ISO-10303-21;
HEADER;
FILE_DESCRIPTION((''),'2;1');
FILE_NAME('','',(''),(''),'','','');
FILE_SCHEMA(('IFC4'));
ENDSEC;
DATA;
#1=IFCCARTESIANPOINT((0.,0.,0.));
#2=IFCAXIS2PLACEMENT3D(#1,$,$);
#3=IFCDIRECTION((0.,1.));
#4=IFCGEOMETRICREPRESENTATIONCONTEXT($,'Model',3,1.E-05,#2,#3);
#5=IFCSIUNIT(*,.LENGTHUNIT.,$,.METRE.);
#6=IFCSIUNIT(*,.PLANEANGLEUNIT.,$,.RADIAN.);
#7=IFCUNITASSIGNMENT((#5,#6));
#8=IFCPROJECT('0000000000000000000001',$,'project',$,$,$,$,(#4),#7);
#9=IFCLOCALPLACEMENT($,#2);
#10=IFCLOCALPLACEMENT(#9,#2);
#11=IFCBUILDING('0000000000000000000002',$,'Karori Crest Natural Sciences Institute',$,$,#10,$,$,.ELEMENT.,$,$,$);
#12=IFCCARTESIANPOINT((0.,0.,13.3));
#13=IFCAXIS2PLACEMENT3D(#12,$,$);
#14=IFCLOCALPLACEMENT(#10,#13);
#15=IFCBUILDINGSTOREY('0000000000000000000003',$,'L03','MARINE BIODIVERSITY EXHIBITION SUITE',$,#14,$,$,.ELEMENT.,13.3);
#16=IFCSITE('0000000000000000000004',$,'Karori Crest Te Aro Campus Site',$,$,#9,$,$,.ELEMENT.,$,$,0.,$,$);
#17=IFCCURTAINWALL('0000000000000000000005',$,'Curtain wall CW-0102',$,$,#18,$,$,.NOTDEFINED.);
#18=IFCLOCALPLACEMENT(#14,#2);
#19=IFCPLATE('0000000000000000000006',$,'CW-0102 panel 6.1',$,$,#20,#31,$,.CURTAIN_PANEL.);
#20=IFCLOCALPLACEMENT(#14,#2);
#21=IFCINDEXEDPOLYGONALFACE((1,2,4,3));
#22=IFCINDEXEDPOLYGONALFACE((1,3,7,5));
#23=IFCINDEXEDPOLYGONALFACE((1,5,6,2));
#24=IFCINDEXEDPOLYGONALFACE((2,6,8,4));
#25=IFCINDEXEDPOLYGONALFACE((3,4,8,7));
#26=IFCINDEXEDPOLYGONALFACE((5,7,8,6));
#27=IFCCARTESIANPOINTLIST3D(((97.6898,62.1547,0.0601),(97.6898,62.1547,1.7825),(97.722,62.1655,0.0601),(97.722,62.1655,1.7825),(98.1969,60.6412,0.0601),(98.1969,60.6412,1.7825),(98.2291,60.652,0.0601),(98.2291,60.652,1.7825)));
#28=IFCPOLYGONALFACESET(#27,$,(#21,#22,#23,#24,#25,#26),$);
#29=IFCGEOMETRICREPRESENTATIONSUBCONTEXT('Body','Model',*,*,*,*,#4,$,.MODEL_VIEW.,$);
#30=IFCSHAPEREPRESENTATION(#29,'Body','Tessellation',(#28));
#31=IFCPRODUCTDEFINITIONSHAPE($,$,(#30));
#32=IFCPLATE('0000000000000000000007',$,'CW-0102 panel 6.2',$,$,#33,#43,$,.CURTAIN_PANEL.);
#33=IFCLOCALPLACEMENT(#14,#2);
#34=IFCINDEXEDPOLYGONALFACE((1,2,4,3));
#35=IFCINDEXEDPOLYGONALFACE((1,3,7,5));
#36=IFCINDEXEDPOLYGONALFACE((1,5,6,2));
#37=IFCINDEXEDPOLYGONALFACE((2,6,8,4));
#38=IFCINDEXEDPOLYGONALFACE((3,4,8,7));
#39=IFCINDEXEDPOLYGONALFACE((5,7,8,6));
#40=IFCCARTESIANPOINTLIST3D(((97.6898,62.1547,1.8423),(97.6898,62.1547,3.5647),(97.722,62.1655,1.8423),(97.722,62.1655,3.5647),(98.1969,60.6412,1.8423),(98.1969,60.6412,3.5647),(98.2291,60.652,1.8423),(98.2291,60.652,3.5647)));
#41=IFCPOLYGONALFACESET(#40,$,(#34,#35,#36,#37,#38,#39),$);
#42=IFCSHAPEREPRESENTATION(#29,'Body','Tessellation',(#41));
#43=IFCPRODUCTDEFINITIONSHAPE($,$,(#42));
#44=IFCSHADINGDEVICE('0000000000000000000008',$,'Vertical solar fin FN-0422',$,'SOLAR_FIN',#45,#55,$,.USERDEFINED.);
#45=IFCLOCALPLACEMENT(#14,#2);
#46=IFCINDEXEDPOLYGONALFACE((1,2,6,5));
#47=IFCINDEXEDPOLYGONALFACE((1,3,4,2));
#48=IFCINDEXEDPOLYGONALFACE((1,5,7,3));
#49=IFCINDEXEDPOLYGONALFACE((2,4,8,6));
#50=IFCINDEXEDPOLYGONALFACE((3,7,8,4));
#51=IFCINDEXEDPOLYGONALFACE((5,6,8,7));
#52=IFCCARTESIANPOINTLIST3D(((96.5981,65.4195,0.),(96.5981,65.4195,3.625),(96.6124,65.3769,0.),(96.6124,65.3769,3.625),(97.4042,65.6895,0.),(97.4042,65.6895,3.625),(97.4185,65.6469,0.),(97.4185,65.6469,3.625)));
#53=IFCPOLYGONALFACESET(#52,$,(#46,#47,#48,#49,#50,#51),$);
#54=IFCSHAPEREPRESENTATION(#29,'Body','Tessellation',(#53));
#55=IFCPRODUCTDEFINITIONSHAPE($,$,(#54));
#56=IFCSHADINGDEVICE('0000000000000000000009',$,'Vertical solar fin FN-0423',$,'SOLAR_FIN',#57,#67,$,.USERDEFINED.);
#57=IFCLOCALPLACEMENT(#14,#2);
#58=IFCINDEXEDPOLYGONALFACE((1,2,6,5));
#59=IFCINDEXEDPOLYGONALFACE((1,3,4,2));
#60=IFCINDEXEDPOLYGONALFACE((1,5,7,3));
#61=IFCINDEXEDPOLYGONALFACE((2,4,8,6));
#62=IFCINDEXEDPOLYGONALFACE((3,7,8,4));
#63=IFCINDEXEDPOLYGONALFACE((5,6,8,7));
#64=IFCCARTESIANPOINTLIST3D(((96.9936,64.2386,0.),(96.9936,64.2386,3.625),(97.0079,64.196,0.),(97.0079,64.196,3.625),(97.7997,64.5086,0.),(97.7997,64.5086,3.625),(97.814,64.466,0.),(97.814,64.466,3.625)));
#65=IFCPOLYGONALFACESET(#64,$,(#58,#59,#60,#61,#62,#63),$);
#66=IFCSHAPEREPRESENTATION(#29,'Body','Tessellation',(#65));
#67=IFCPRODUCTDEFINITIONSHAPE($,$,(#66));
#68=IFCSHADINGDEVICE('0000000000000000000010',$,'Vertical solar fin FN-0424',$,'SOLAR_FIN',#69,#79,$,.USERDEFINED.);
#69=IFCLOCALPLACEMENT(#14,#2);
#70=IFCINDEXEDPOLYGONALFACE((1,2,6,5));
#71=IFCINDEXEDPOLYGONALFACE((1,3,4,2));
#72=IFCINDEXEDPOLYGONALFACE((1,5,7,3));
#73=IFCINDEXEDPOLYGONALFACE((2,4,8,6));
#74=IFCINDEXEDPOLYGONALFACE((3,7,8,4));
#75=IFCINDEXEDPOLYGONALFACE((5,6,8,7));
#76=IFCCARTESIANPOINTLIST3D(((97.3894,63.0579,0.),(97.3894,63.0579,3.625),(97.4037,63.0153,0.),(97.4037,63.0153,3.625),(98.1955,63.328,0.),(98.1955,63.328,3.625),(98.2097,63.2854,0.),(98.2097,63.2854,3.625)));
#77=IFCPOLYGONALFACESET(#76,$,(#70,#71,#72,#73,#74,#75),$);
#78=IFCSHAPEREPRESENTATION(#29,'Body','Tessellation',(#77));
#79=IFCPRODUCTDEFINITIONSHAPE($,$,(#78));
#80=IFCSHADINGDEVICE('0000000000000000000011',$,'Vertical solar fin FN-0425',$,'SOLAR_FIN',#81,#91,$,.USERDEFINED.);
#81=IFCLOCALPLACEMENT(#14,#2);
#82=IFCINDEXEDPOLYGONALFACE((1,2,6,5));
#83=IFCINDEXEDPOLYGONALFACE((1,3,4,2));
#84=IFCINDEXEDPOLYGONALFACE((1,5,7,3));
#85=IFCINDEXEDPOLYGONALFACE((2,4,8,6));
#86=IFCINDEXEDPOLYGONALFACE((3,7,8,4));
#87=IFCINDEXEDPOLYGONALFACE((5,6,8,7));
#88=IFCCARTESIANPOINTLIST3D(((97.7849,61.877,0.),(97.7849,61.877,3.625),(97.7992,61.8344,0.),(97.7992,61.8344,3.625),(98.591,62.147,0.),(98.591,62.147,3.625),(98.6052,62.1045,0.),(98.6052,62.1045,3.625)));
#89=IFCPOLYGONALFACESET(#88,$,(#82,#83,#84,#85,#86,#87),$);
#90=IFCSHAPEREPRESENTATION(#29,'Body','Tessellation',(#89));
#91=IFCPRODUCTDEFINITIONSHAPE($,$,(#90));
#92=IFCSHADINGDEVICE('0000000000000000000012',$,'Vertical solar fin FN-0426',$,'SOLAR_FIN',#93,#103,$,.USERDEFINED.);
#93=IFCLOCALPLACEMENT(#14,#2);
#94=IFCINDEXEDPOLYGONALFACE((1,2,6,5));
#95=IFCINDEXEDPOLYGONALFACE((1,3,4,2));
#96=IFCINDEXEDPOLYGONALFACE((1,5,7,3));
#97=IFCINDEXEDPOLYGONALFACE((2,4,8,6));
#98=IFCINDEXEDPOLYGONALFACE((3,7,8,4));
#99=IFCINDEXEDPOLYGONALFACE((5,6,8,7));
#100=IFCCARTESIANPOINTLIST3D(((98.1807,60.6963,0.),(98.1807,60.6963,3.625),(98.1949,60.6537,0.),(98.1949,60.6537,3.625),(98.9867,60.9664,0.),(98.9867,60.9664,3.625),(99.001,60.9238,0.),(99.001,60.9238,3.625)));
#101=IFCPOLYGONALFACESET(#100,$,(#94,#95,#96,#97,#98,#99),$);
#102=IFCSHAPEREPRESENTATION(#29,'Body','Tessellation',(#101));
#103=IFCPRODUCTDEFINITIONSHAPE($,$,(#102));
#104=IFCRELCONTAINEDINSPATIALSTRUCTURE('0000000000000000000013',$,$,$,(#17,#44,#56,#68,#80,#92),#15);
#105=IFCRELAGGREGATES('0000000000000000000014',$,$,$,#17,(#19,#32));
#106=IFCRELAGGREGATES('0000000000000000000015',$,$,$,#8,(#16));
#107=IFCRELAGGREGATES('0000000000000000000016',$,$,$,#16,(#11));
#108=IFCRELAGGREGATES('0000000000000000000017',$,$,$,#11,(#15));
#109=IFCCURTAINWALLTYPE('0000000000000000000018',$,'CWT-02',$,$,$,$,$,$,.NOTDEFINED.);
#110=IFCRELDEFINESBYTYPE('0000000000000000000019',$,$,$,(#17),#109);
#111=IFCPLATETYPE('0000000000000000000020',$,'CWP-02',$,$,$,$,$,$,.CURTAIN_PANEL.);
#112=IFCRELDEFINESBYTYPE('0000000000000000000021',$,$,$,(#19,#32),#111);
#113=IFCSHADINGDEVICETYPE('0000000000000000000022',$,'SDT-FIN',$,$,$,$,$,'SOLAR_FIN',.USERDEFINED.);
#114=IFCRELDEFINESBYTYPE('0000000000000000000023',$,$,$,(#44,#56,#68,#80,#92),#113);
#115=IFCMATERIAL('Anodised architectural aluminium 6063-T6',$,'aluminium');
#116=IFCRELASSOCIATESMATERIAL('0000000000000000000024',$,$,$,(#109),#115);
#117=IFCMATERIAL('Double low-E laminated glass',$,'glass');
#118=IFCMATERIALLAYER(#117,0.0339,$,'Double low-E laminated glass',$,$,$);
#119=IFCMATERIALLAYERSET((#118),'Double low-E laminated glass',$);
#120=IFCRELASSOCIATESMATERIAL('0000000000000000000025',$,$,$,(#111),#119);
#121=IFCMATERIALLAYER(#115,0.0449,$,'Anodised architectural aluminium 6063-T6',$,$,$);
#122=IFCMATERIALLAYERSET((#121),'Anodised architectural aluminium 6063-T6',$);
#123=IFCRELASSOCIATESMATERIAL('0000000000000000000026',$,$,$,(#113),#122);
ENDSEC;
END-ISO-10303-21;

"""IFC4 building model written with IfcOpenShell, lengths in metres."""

from ifc_helpers import new_model, si_unit, direction, frame, origin, origin_2d, place, context, subcontext, project, spatial, rectangle, extrude, material, layer, layer_set, type_object, element, aggregate, save


model = new_model("IFC4")

# Units and contexts
model_context = context("Model", 3, precision=1e-05, world=origin(), true_north=direction((0.0, 1.0)))
body_context = subcontext(model_context, "Body", "Model", "MODEL_VIEW")
ifc_project = project(units=[si_unit("LENGTHUNIT", "METRE"), si_unit("PLANEANGLEUNIT", "RADIAN")], contexts=[model_context])

# Site, building, storey
site_placement = place(None, origin())
site = spatial("IfcSite", under=ifc_project, at=site_placement, Name="Karori Crest Te Aro Campus Site", CompositionType="ELEMENT", RefElevation=0.0)
building_placement = place(site_placement, origin())
building = spatial("IfcBuilding", under=site, at=building_placement, Name="Karori Crest Natural Sciences Institute", CompositionType="ELEMENT")
storey_placement = place(building_placement, frame((0.0, 0.0, 13.3)))
storey = spatial("IfcBuildingStorey", under=building, at=storey_placement, Name="L03", Description="MARINE BIODIVERSITY EXHIBITION SUITE", CompositionType="ELEMENT", Elevation=13.3)

# Curtain wall
ifc_material_1 = material(Name="Anodised architectural aluminium 6063-T6", Category="aluminium")
curtain_wall_type_1 = type_object("IfcCurtainWallType", Name="CWT-02", PredefinedType="NOTDEFINED", material=ifc_material_1)
curtain_wall_1_placement = place(storey_placement, origin())
curtain_wall_1 = element("IfcCurtainWall", 1, at=curtain_wall_1_placement, inside=storey, type_object=curtain_wall_type_1, Name="Curtain wall CW-0102", PredefinedType="NOTDEFINED")

# Plates
ifc_material_2 = material(Name="Double low-E laminated glass", Category="glass")
ifc_layer_1 = layer(ifc_material_2, 0.0339, Name="Double low-E laminated glass")
ifc_layer_set_1 = layer_set([ifc_layer_1], Name="Double low-E laminated glass")
plate_type_1 = type_object("IfcPlateType", Name="CWP-02", PredefinedType="CURTAIN_PANEL", material=ifc_layer_set_1)
plate_1_placement = place(storey_placement, frame((97.9595, 61.4033, 0.0601), z_axis=(0.0, 0.0, 1.0), x_axis=(0.31768, -0.948198, 0.0)))
plate_1 = element("IfcPlate", 2, at=plate_1_placement, type_object=plate_type_1, Name="CW-0102 panel 6.1", PredefinedType="CURTAIN_PANEL", context=body_context, shape_type="SweptSolid", body=[
    extrude(rectangle(XDim=1.5962, YDim=0.0339, at=origin_2d()), origin(), (0.0, 0.0, 1.0), 1.7224),
])
plate_2_placement = place(storey_placement, frame((97.9595, 61.4033, 1.8423), z_axis=(0.0, 0.0, 1.0), x_axis=(0.31768, -0.948198, 0.0)))
plate_2 = element("IfcPlate", 3, at=plate_2_placement, type_object=plate_type_1, Name="CW-0102 panel 6.2", PredefinedType="CURTAIN_PANEL", context=body_context, shape_type="SweptSolid", body=[
    extrude(rectangle(XDim=1.5962, YDim=0.0339, at=origin_2d()), origin(), (0.0, 0.0, 1.0), 1.7224),
])
aggregate(curtain_wall_1, [plate_1, plate_2])

# Shading devices
ifc_layer_2 = layer(ifc_material_1, 0.0449, Name="Anodised architectural aluminium 6063-T6")
ifc_layer_set_2 = layer_set([ifc_layer_2], Name="Anodised architectural aluminium 6063-T6")
shading_device_type = type_object("IfcShadingDeviceType", Name="SDT-FIN", ElementType="SOLAR_FIN", PredefinedType="USERDEFINED", material=ifc_layer_set_2)
for number, where, z_axis, x_axis, name in (
    (4, (97.0083, 65.5332, 0.0), (0.0, 0.0, 1.0), (0.948198, 0.31768, 0.0), "Vertical solar fin FN-0422"),
    (5, (97.4038, 64.3523, 0.0), (0.0, 0.0, 1.0), (0.948198, 0.31768, 0.0), "Vertical solar fin FN-0423"),
    (6, (97.7996, 63.1716, 0.0), (0.0, 0.0, 1.0), (0.948198, 0.31768, 0.0), "Vertical solar fin FN-0424"),
    (7, (98.1951, 61.9907, 0.0), (0.0, 0.0, 1.0), (0.948198, 0.31768, 0.0), "Vertical solar fin FN-0425"),
    (8, (98.5908, 60.8101, 0.0), (0.0, 0.0, 1.0), (0.948198, 0.31768, 0.0), "Vertical solar fin FN-0426"),
):
    element("IfcShadingDevice", number, at=place(storey_placement, frame(where, z_axis=z_axis, x_axis=x_axis)), inside=storey, type_object=shading_device_type, Name=name, ObjectType="SOLAR_FIN", PredefinedType="USERDEFINED", context=body_context, shape_type="SweptSolid", body=[
        extrude(rectangle(XDim=0.8501, YDim=0.0449, at=origin_2d()), origin(), (0.0, 0.0, 1.0), 3.625),
    ])

save(model, "model.ifc")
